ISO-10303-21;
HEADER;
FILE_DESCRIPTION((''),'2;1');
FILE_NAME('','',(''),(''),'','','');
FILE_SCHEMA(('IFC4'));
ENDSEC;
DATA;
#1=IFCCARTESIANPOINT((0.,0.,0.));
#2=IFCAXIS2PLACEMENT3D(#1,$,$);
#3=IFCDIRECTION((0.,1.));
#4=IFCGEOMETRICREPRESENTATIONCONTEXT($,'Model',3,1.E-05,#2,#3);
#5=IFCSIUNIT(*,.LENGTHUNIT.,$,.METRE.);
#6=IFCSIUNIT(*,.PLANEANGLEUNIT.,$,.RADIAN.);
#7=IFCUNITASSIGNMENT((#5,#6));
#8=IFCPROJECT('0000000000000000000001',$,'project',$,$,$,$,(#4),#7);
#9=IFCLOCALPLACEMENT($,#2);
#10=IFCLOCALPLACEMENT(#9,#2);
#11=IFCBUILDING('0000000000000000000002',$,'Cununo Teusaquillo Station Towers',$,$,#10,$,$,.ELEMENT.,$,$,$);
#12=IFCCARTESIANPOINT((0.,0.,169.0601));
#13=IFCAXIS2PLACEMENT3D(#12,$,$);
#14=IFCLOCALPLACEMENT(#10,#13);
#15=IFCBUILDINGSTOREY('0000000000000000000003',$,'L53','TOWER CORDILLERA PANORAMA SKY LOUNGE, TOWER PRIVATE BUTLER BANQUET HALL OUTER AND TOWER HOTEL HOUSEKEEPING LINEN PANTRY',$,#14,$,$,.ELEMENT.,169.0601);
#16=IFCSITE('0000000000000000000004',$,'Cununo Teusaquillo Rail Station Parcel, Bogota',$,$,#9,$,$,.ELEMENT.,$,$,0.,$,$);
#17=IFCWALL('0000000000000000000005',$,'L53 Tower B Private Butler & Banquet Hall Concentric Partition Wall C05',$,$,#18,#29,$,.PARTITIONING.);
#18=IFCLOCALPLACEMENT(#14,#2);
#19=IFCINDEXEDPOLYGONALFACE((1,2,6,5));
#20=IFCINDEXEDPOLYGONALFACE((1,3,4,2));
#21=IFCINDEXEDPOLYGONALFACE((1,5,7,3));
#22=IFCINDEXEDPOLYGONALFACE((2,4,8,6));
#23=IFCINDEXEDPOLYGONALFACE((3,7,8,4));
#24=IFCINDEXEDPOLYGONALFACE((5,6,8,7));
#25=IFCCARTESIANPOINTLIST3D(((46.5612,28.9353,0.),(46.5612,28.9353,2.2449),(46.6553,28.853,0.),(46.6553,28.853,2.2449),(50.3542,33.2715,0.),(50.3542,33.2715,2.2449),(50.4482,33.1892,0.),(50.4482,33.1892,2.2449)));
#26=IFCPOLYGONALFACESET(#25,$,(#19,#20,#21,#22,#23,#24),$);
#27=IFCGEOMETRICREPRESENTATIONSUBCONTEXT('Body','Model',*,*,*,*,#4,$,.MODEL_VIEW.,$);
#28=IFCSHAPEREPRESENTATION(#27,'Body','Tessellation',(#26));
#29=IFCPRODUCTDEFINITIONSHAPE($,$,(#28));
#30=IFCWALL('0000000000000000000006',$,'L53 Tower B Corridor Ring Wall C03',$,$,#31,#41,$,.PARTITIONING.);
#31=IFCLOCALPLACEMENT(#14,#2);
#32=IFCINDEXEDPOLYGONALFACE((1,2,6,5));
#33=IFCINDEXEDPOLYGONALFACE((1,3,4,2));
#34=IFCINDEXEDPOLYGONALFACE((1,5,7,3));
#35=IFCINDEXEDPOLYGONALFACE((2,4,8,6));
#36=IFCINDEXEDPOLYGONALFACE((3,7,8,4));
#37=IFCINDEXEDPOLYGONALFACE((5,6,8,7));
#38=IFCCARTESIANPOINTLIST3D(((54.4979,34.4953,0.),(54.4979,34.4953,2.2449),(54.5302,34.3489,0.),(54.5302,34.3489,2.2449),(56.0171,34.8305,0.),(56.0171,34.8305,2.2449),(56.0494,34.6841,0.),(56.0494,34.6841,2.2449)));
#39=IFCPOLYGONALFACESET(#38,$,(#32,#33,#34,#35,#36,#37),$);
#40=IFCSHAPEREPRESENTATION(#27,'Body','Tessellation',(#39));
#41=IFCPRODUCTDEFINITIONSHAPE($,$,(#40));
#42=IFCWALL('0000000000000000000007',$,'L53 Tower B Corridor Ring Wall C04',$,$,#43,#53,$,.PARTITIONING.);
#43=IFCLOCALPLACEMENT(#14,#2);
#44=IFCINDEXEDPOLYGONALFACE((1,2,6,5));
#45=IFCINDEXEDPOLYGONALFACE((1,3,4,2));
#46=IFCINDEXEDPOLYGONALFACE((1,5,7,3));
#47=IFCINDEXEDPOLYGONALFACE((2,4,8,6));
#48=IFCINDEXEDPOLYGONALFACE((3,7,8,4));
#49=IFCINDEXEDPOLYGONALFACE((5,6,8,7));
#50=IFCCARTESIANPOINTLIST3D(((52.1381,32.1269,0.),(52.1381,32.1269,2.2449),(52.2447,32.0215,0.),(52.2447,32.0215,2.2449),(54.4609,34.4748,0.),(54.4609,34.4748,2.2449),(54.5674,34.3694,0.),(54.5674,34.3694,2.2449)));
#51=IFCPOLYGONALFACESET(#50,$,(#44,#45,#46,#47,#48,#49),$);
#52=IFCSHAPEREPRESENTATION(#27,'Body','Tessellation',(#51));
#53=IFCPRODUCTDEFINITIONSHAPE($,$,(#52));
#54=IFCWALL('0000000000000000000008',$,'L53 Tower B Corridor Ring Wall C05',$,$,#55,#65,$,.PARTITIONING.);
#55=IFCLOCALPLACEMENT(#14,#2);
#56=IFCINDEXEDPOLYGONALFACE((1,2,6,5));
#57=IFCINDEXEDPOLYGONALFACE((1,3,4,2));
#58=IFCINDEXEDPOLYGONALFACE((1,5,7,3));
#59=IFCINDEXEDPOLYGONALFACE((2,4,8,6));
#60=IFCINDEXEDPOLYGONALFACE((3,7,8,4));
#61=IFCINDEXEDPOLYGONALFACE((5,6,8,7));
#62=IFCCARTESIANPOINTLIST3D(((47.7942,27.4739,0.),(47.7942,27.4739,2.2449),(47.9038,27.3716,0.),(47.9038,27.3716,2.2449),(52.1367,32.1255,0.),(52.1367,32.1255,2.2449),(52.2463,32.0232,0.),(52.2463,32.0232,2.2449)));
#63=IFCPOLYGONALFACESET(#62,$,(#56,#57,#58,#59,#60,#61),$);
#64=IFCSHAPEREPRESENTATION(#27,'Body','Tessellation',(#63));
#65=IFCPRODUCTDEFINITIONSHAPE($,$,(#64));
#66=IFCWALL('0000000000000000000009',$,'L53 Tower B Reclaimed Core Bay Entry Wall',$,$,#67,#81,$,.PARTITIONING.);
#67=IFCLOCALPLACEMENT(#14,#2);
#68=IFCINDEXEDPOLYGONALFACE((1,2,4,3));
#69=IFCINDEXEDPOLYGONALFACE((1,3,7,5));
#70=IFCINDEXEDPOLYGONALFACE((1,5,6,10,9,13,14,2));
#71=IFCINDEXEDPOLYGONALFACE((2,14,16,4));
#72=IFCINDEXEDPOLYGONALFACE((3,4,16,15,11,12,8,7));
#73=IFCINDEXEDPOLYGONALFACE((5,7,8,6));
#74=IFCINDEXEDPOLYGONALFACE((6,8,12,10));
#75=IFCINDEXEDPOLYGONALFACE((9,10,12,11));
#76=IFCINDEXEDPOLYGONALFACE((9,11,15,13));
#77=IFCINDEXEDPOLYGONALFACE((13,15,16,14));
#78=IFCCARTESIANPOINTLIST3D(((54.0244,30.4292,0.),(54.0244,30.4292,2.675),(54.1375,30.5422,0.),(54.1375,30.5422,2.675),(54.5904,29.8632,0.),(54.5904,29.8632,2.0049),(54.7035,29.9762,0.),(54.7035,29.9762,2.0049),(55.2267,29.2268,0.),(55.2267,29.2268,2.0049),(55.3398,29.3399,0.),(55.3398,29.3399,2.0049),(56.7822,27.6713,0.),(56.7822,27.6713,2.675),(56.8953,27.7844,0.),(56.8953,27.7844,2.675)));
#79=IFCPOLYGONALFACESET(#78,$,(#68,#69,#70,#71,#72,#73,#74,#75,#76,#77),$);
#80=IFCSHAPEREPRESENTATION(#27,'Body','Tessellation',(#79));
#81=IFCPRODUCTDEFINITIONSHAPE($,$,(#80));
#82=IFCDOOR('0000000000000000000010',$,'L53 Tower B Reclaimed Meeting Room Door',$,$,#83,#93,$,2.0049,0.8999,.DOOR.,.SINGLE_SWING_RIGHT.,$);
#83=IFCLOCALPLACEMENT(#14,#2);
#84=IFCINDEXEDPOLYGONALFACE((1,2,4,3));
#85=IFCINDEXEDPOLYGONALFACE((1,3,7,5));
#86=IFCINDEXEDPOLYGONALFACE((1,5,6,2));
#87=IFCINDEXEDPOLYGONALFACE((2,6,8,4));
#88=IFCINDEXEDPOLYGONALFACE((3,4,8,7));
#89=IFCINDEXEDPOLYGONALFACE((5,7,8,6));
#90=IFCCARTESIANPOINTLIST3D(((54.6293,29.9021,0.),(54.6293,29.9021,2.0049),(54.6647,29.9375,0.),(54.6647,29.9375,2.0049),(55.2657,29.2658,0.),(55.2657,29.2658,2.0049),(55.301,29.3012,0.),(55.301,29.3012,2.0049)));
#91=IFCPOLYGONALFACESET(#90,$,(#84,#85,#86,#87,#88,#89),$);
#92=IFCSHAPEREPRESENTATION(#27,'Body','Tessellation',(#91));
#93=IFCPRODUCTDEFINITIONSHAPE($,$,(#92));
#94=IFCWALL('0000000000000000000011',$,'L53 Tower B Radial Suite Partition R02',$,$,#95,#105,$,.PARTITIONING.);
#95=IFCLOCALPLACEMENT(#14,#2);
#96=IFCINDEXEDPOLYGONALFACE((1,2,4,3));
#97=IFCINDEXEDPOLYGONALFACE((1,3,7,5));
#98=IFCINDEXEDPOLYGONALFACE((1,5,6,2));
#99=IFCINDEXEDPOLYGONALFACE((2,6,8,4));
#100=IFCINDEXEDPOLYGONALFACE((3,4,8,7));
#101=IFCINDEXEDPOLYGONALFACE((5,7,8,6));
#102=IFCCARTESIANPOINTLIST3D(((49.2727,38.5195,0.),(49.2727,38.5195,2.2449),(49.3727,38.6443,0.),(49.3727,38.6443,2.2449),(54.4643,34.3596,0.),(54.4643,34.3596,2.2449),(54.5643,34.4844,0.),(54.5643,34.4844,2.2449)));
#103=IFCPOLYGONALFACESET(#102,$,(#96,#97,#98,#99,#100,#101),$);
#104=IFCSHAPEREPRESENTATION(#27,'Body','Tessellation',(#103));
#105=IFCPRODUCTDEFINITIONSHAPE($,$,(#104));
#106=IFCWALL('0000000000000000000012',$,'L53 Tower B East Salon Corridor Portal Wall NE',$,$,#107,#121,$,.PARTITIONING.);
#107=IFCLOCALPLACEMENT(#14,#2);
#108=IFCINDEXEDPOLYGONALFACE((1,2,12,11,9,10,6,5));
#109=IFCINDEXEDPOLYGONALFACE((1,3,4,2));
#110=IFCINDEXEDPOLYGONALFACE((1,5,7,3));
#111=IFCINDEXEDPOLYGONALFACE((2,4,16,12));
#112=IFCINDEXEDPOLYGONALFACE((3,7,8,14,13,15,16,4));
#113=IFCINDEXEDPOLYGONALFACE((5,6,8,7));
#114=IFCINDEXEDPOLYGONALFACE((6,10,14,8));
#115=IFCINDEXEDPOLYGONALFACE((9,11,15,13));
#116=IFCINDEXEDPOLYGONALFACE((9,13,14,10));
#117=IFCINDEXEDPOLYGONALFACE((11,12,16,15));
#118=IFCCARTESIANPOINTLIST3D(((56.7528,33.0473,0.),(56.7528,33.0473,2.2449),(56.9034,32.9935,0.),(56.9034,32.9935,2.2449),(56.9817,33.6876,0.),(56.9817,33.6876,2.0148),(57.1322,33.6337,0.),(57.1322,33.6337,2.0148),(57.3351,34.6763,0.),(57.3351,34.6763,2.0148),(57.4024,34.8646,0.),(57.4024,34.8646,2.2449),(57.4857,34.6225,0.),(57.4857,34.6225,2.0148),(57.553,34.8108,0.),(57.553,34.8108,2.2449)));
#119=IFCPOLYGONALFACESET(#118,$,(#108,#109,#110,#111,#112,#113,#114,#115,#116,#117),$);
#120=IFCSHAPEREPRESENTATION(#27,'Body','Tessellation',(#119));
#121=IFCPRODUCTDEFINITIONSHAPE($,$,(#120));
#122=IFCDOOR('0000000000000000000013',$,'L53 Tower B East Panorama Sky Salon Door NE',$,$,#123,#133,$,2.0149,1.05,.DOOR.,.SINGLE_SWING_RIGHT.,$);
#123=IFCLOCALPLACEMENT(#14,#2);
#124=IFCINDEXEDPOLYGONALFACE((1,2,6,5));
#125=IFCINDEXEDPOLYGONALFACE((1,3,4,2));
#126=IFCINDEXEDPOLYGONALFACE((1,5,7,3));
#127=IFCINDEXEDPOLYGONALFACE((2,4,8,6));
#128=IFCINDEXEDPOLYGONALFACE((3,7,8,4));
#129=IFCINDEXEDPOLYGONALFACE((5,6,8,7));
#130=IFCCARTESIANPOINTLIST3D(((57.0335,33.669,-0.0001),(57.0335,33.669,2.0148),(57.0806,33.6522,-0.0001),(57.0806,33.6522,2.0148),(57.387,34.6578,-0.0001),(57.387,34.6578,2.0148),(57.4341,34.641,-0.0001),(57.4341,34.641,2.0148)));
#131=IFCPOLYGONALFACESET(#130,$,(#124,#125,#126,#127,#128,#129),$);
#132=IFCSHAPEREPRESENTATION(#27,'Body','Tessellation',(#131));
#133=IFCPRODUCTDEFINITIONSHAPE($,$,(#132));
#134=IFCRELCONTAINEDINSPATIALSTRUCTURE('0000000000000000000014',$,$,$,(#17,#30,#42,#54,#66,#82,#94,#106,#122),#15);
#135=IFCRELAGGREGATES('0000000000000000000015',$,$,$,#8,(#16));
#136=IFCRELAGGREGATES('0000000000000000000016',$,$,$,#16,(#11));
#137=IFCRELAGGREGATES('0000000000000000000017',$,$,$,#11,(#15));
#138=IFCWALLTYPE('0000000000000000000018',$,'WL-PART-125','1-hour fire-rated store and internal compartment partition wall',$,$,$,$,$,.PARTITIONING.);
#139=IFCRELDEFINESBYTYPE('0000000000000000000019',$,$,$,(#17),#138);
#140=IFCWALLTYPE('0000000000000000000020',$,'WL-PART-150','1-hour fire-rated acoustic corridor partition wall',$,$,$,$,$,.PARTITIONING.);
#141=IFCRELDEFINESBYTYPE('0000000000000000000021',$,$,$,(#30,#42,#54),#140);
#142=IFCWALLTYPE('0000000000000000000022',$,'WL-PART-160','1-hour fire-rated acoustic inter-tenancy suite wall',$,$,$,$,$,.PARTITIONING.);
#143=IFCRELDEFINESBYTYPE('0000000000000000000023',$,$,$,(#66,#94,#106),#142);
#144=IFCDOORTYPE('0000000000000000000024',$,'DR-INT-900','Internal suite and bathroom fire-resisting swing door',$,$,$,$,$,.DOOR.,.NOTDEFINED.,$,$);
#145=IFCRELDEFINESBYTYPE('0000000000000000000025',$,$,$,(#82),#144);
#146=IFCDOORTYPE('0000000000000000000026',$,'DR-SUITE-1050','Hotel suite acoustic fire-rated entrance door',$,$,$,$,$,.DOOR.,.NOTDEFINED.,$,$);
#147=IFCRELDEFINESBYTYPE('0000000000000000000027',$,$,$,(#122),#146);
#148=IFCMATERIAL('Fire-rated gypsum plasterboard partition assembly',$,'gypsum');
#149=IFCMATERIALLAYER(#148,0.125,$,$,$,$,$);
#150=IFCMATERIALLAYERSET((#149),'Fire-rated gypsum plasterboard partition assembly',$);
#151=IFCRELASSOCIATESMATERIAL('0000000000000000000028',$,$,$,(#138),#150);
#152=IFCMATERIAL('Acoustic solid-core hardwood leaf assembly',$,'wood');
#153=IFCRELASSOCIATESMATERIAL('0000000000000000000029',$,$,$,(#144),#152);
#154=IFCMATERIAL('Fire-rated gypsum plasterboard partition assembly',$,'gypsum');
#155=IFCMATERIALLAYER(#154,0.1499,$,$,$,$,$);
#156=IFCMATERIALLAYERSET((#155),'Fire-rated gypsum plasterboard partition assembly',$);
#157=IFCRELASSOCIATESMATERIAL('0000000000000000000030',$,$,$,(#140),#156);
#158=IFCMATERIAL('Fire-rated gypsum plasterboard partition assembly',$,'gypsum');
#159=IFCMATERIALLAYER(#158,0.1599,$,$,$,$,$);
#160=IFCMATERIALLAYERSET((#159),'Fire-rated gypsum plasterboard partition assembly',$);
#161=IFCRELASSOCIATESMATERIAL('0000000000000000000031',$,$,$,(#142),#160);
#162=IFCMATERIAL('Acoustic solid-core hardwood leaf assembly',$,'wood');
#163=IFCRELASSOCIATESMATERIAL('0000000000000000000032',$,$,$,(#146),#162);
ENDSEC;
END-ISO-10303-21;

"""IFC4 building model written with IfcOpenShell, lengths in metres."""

from ifc_helpers import new_model, si_unit, direction, frame, frame_2d, origin, place, context, subcontext, project, spatial, rectangle, extrude, source, transform, mapped, material, layer, layer_set, type_object, element, fill, save


model = new_model("IFC4")

# Units and contexts
model_context = context("Model", 3, precision=1e-05, world=origin(), true_north=direction((0.0, 1.0)))
body_context = subcontext(model_context, "Body", "Model", "MODEL_VIEW")
ifc_project = project(units=[si_unit("LENGTHUNIT", "METRE"), si_unit("PLANEANGLEUNIT", "RADIAN")], contexts=[model_context])

# Site, building, storey
site_placement = place(None, origin())
site = spatial("IfcSite", under=ifc_project, at=site_placement, Name="Cununo Teusaquillo Rail Station Parcel, Bogota", CompositionType="ELEMENT", RefElevation=0.0)
building_placement = place(site_placement, origin())
building = spatial("IfcBuilding", under=site, at=building_placement, Name="Cununo Teusaquillo Station Towers", CompositionType="ELEMENT")
storey_placement = place(building_placement, frame((0.0, 0.0, 169.0601)))
storey = spatial("IfcBuildingStorey", under=building, at=storey_placement, Name="L53", Description="TOWER CORDILLERA PANORAMA SKY LOUNGE, TOWER PRIVATE BUTLER BANQUET HALL OUTER AND TOWER HOTEL HOUSEKEEPING LINEN PANTRY", CompositionType="ELEMENT", Elevation=169.0601)

# Shared definitions
ifc_material_1 = material(Name="Fire-rated gypsum plasterboard partition assembly", Category="gypsum")
ifc_layer_1 = layer(ifc_material_1, 0.125)
ifc_layer_set_1 = layer_set([ifc_layer_1], Name="Fire-rated gypsum plasterboard partition assembly")
wall_type_1 = type_object("IfcWallType", Name="WL-PART-125", Description="1-hour fire-rated store and internal compartment partition wall", PredefinedType="PARTITIONING", material=ifc_layer_set_1)

# Shared definitions
ifc_material_2 = material(Name="Acoustic solid-core hardwood leaf assembly", Category="wood")
door_type_1 = type_object("IfcDoorType", Name="DR-INT-900", Description="Internal suite and bathroom fire-resisting swing door", OperationType="NOTDEFINED", PredefinedType="DOOR", material=ifc_material_2)
shared_shape_1 = source(origin(), body_context, "Body", "SweptSolid", [
    extrude(rectangle(XDim=0.8999, YDim=2.0049, at=frame_2d((0.45, 1.0024))), frame((0.0, 0.0249, 0.0), z_axis=(0.0, -1.0, 0.0), x_axis=(1.0, 0.0, 0.0)), (0.0, 0.0, 1.0), 0.05),
])

# Walls
wall_1_placement = place(storey_placement, frame((50.4011, 33.2302, 0.0), z_axis=(0.0, 0.0, 1.0), x_axis=(-0.658388, -0.752679, 0.0)))
element("IfcWall", 1, at=wall_1_placement, inside=storey, type_object=wall_type_1, Name="L53 Tower B Private Butler & Banquet Hall Concentric Partition Wall C05", PredefinedType="PARTITIONING", context=body_context, shape_type="SweptSolid", body=[
    extrude(rectangle(XDim=5.761, YDim=0.125, at=frame_2d((2.8804, 0.0))), origin(), (0.0, 0.0, 1.0), 2.2449),
])
ifc_material_3 = material(Name="Fire-rated gypsum plasterboard partition assembly", Category="gypsum")
ifc_layer_2 = layer(ifc_material_3, 0.1499)
ifc_layer_set_2 = layer_set([ifc_layer_2], Name="Fire-rated gypsum plasterboard partition assembly")
wall_type_2 = type_object("IfcWallType", Name="WL-PART-150", Description="1-hour fire-rated acoustic corridor partition wall", PredefinedType="PARTITIONING", material=ifc_layer_set_2)
wall_2_placement = place(storey_placement, frame((56.0332, 34.7573, 0.0), z_axis=(0.0, 0.0, 1.0), x_axis=(-0.976507, -0.215484, 0.0)))
element("IfcWall", 2, at=wall_2_placement, inside=storey, type_object=wall_type_2, Name="L53 Tower B Corridor Ring Wall C03", PredefinedType="PARTITIONING", context=body_context, shape_type="SweptSolid", body=[
    extrude(rectangle(XDim=1.5557, YDim=0.1499, at=frame_2d((0.7778, 0.0))), origin(), (0.0, 0.0, 1.0), 2.2449),
])
wall_3_placement = place(storey_placement, frame((54.5142, 34.4221, 0.0), z_axis=(0.0, 0.0, 1.0), x_axis=(-0.70329, -0.710903, 0.0)))
element("IfcWall", 3, at=wall_3_placement, inside=storey, type_object=wall_type_2, Name="L53 Tower B Corridor Ring Wall C04", PredefinedType="PARTITIONING", context=body_context, shape_type="SweptSolid", body=[
    extrude(rectangle(XDim=3.3027, YDim=0.1499, at=frame_2d((1.6514, 0.0))), origin(), (0.0, 0.0, 1.0), 2.2449),
])
wall_4_placement = place(storey_placement, frame((52.1914, 32.0742, 0.0), z_axis=(0.0, 0.0, 1.0), x_axis=(-0.682404, -0.730975, 0.0)))
element("IfcWall", 4, at=wall_4_placement, inside=storey, type_object=wall_type_2, Name="L53 Tower B Corridor Ring Wall C05", PredefinedType="PARTITIONING", context=body_context, shape_type="SweptSolid", body=[
    extrude(rectangle(XDim=6.3635, YDim=0.1499, at=frame_2d((3.1816, 0.0))), origin(), (0.0, 0.0, 1.0), 2.2449),
])

# Wall, opening, door
ifc_material_4 = material(Name="Fire-rated gypsum plasterboard partition assembly", Category="gypsum")
ifc_layer_3 = layer(ifc_material_4, 0.1599)
ifc_layer_set_3 = layer_set([ifc_layer_3], Name="Fire-rated gypsum plasterboard partition assembly")
wall_type_3 = type_object("IfcWallType", Name="WL-PART-160", Description="1-hour fire-rated acoustic inter-tenancy suite wall", PredefinedType="PARTITIONING", material=ifc_layer_set_3)
wall_5_placement = place(storey_placement, frame((56.8389, 27.7278, 0.0), z_axis=(0.0, 0.0, 1.0), x_axis=(-0.707107, 0.707107, 0.0)))
wall_5 = element("IfcWall", 5, at=wall_5_placement, inside=storey, type_object=wall_type_3, Name="L53 Tower B Reclaimed Core Bay Entry Wall", PredefinedType="PARTITIONING", context=body_context, shape_type="SweptSolid", body=[
    extrude(rectangle(XDim=3.9001, YDim=0.1599, at=frame_2d((1.9502, 0.0))), origin(), (0.0, 0.0, 1.0), 2.675),
])
shared_shape_2 = source(origin(), body_context, "Body", "SweptSolid", [
    extrude(rectangle(XDim=0.8999, YDim=2.0049, at=frame_2d((0.45, 1.0024))), frame((0.0, 0.0898, 0.0), z_axis=(0.0, -1.0, 0.0), x_axis=(1.0, 0.0, 0.0)), (0.0, 0.0, 1.0), 0.1799),
])
opening_1_placement = place(wall_5_placement, frame((2.2, 0.0, 0.0)))
opening_1 = element("IfcOpeningElement", 6, at=opening_1_placement, cuts=wall_5, PredefinedType="OPENING", context=body_context, shape_type="MappedRepresentation", body=[
    mapped(shared_shape_2, transform((0.0, 0.0, 0.0), x_axis=(1.0, 0.0, 0.0), y_axis=(0.0, 1.0, 0.0), z_axis=(0.0, 0.0, 1.0), scale=1.0)),
])
door_1_placement = place(opening_1_placement, origin())
door_1 = element("IfcDoor", 7, at=door_1_placement, inside=storey, type_object=door_type_1, Name="L53 Tower B Reclaimed Meeting Room Door", OperationType="SINGLE_SWING_RIGHT", OverallHeight=2.0049, OverallWidth=0.8999, PredefinedType="DOOR", context=body_context, shape_type="MappedRepresentation", body=[
    mapped(shared_shape_1, transform((0.0, 0.0, 0.0), x_axis=(1.0, 0.0, 0.0), y_axis=(0.0, 1.0, 0.0), z_axis=(0.0, 0.0, 1.0), scale=1.0)),
])
fill(opening_1, door_1)

# Wall
wall_6_placement = place(storey_placement, frame((54.5142, 34.4221, 0.0), z_axis=(0.0, 0.0, 1.0), x_axis=(-0.780385, 0.625299, 0.0)))
element("IfcWall", 8, at=wall_6_placement, inside=storey, type_object=wall_type_3, Name="L53 Tower B Radial Suite Partition R02", PredefinedType="PARTITIONING", context=body_context, shape_type="SweptSolid", body=[
    extrude(rectangle(XDim=6.6526, YDim=0.1599, at=frame_2d((3.3262, 0.0))), origin(), (0.0, 0.0, 1.0), 2.2449),
])

# Wall, opening, door
wall_7_placement = place(storey_placement, frame((56.8281, 33.0205, 0.0), z_axis=(0.0, 0.0, 1.0), x_axis=(0.336609, 0.941645, 0.0)))
wall_7 = element("IfcWall", 9, at=wall_7_placement, inside=storey, type_object=wall_type_3, Name="L53 Tower B East Salon Corridor Portal Wall NE", PredefinedType="PARTITIONING", context=body_context, shape_type="SweptSolid", body=[
    extrude(rectangle(XDim=1.9299, YDim=0.1599, at=frame_2d((0.9648, 0.0))), origin(), (0.0, 0.0, 1.0), 2.2449),
])
shared_shape_3 = source(origin(), body_context, "Body", "SweptSolid", [
    extrude(rectangle(XDim=1.05, YDim=2.0149, at=frame_2d((0.5249, 1.0073))), frame((0.0, 0.0898, 0.0), z_axis=(0.0, -1.0, 0.0), x_axis=(1.0, 0.0, 0.0)), (0.0, 0.0, 1.0), 0.1799),
])
opening_2_placement = place(wall_7_placement, frame((0.6799, 0.0, 0.0)))
opening_2 = element("IfcOpeningElement", 10, at=opening_2_placement, cuts=wall_7, PredefinedType="OPENING", context=body_context, shape_type="MappedRepresentation", body=[
    mapped(shared_shape_3, transform((0.0, 0.0, 0.0), x_axis=(1.0, 0.0, 0.0), y_axis=(0.0, 1.0, 0.0), z_axis=(0.0, 0.0, 1.0), scale=1.0)),
])
ifc_material_5 = material(Name="Acoustic solid-core hardwood leaf assembly", Category="wood")
door_type_2 = type_object("IfcDoorType", Name="DR-SUITE-1050", Description="Hotel suite acoustic fire-rated entrance door", OperationType="NOTDEFINED", PredefinedType="DOOR", material=ifc_material_5)
shared_shape_4 = source(origin(), body_context, "Body", "SweptSolid", [
    extrude(rectangle(XDim=1.05, YDim=2.0149, at=frame_2d((0.5249, 1.0073))), frame((0.0, 0.0249, 0.0), z_axis=(0.0, -1.0, 0.0), x_axis=(1.0, 0.0, 0.0)), (0.0, 0.0, 1.0), 0.05),
])
door_2_placement = place(opening_2_placement, origin())
door_2 = element("IfcDoor", 11, at=door_2_placement, inside=storey, type_object=door_type_2, Name="L53 Tower B East Panorama Sky Salon Door NE", OperationType="SINGLE_SWING_RIGHT", OverallHeight=2.0149, OverallWidth=1.05, PredefinedType="DOOR", context=body_context, shape_type="MappedRepresentation", body=[
    mapped(shared_shape_4, transform((0.0, 0.0, 0.0), x_axis=(1.0, 0.0, 0.0), y_axis=(0.0, 1.0, 0.0), z_axis=(0.0, 0.0, 1.0), scale=1.0)),
])
fill(opening_2, door_2)

save(model, "model.ifc")
